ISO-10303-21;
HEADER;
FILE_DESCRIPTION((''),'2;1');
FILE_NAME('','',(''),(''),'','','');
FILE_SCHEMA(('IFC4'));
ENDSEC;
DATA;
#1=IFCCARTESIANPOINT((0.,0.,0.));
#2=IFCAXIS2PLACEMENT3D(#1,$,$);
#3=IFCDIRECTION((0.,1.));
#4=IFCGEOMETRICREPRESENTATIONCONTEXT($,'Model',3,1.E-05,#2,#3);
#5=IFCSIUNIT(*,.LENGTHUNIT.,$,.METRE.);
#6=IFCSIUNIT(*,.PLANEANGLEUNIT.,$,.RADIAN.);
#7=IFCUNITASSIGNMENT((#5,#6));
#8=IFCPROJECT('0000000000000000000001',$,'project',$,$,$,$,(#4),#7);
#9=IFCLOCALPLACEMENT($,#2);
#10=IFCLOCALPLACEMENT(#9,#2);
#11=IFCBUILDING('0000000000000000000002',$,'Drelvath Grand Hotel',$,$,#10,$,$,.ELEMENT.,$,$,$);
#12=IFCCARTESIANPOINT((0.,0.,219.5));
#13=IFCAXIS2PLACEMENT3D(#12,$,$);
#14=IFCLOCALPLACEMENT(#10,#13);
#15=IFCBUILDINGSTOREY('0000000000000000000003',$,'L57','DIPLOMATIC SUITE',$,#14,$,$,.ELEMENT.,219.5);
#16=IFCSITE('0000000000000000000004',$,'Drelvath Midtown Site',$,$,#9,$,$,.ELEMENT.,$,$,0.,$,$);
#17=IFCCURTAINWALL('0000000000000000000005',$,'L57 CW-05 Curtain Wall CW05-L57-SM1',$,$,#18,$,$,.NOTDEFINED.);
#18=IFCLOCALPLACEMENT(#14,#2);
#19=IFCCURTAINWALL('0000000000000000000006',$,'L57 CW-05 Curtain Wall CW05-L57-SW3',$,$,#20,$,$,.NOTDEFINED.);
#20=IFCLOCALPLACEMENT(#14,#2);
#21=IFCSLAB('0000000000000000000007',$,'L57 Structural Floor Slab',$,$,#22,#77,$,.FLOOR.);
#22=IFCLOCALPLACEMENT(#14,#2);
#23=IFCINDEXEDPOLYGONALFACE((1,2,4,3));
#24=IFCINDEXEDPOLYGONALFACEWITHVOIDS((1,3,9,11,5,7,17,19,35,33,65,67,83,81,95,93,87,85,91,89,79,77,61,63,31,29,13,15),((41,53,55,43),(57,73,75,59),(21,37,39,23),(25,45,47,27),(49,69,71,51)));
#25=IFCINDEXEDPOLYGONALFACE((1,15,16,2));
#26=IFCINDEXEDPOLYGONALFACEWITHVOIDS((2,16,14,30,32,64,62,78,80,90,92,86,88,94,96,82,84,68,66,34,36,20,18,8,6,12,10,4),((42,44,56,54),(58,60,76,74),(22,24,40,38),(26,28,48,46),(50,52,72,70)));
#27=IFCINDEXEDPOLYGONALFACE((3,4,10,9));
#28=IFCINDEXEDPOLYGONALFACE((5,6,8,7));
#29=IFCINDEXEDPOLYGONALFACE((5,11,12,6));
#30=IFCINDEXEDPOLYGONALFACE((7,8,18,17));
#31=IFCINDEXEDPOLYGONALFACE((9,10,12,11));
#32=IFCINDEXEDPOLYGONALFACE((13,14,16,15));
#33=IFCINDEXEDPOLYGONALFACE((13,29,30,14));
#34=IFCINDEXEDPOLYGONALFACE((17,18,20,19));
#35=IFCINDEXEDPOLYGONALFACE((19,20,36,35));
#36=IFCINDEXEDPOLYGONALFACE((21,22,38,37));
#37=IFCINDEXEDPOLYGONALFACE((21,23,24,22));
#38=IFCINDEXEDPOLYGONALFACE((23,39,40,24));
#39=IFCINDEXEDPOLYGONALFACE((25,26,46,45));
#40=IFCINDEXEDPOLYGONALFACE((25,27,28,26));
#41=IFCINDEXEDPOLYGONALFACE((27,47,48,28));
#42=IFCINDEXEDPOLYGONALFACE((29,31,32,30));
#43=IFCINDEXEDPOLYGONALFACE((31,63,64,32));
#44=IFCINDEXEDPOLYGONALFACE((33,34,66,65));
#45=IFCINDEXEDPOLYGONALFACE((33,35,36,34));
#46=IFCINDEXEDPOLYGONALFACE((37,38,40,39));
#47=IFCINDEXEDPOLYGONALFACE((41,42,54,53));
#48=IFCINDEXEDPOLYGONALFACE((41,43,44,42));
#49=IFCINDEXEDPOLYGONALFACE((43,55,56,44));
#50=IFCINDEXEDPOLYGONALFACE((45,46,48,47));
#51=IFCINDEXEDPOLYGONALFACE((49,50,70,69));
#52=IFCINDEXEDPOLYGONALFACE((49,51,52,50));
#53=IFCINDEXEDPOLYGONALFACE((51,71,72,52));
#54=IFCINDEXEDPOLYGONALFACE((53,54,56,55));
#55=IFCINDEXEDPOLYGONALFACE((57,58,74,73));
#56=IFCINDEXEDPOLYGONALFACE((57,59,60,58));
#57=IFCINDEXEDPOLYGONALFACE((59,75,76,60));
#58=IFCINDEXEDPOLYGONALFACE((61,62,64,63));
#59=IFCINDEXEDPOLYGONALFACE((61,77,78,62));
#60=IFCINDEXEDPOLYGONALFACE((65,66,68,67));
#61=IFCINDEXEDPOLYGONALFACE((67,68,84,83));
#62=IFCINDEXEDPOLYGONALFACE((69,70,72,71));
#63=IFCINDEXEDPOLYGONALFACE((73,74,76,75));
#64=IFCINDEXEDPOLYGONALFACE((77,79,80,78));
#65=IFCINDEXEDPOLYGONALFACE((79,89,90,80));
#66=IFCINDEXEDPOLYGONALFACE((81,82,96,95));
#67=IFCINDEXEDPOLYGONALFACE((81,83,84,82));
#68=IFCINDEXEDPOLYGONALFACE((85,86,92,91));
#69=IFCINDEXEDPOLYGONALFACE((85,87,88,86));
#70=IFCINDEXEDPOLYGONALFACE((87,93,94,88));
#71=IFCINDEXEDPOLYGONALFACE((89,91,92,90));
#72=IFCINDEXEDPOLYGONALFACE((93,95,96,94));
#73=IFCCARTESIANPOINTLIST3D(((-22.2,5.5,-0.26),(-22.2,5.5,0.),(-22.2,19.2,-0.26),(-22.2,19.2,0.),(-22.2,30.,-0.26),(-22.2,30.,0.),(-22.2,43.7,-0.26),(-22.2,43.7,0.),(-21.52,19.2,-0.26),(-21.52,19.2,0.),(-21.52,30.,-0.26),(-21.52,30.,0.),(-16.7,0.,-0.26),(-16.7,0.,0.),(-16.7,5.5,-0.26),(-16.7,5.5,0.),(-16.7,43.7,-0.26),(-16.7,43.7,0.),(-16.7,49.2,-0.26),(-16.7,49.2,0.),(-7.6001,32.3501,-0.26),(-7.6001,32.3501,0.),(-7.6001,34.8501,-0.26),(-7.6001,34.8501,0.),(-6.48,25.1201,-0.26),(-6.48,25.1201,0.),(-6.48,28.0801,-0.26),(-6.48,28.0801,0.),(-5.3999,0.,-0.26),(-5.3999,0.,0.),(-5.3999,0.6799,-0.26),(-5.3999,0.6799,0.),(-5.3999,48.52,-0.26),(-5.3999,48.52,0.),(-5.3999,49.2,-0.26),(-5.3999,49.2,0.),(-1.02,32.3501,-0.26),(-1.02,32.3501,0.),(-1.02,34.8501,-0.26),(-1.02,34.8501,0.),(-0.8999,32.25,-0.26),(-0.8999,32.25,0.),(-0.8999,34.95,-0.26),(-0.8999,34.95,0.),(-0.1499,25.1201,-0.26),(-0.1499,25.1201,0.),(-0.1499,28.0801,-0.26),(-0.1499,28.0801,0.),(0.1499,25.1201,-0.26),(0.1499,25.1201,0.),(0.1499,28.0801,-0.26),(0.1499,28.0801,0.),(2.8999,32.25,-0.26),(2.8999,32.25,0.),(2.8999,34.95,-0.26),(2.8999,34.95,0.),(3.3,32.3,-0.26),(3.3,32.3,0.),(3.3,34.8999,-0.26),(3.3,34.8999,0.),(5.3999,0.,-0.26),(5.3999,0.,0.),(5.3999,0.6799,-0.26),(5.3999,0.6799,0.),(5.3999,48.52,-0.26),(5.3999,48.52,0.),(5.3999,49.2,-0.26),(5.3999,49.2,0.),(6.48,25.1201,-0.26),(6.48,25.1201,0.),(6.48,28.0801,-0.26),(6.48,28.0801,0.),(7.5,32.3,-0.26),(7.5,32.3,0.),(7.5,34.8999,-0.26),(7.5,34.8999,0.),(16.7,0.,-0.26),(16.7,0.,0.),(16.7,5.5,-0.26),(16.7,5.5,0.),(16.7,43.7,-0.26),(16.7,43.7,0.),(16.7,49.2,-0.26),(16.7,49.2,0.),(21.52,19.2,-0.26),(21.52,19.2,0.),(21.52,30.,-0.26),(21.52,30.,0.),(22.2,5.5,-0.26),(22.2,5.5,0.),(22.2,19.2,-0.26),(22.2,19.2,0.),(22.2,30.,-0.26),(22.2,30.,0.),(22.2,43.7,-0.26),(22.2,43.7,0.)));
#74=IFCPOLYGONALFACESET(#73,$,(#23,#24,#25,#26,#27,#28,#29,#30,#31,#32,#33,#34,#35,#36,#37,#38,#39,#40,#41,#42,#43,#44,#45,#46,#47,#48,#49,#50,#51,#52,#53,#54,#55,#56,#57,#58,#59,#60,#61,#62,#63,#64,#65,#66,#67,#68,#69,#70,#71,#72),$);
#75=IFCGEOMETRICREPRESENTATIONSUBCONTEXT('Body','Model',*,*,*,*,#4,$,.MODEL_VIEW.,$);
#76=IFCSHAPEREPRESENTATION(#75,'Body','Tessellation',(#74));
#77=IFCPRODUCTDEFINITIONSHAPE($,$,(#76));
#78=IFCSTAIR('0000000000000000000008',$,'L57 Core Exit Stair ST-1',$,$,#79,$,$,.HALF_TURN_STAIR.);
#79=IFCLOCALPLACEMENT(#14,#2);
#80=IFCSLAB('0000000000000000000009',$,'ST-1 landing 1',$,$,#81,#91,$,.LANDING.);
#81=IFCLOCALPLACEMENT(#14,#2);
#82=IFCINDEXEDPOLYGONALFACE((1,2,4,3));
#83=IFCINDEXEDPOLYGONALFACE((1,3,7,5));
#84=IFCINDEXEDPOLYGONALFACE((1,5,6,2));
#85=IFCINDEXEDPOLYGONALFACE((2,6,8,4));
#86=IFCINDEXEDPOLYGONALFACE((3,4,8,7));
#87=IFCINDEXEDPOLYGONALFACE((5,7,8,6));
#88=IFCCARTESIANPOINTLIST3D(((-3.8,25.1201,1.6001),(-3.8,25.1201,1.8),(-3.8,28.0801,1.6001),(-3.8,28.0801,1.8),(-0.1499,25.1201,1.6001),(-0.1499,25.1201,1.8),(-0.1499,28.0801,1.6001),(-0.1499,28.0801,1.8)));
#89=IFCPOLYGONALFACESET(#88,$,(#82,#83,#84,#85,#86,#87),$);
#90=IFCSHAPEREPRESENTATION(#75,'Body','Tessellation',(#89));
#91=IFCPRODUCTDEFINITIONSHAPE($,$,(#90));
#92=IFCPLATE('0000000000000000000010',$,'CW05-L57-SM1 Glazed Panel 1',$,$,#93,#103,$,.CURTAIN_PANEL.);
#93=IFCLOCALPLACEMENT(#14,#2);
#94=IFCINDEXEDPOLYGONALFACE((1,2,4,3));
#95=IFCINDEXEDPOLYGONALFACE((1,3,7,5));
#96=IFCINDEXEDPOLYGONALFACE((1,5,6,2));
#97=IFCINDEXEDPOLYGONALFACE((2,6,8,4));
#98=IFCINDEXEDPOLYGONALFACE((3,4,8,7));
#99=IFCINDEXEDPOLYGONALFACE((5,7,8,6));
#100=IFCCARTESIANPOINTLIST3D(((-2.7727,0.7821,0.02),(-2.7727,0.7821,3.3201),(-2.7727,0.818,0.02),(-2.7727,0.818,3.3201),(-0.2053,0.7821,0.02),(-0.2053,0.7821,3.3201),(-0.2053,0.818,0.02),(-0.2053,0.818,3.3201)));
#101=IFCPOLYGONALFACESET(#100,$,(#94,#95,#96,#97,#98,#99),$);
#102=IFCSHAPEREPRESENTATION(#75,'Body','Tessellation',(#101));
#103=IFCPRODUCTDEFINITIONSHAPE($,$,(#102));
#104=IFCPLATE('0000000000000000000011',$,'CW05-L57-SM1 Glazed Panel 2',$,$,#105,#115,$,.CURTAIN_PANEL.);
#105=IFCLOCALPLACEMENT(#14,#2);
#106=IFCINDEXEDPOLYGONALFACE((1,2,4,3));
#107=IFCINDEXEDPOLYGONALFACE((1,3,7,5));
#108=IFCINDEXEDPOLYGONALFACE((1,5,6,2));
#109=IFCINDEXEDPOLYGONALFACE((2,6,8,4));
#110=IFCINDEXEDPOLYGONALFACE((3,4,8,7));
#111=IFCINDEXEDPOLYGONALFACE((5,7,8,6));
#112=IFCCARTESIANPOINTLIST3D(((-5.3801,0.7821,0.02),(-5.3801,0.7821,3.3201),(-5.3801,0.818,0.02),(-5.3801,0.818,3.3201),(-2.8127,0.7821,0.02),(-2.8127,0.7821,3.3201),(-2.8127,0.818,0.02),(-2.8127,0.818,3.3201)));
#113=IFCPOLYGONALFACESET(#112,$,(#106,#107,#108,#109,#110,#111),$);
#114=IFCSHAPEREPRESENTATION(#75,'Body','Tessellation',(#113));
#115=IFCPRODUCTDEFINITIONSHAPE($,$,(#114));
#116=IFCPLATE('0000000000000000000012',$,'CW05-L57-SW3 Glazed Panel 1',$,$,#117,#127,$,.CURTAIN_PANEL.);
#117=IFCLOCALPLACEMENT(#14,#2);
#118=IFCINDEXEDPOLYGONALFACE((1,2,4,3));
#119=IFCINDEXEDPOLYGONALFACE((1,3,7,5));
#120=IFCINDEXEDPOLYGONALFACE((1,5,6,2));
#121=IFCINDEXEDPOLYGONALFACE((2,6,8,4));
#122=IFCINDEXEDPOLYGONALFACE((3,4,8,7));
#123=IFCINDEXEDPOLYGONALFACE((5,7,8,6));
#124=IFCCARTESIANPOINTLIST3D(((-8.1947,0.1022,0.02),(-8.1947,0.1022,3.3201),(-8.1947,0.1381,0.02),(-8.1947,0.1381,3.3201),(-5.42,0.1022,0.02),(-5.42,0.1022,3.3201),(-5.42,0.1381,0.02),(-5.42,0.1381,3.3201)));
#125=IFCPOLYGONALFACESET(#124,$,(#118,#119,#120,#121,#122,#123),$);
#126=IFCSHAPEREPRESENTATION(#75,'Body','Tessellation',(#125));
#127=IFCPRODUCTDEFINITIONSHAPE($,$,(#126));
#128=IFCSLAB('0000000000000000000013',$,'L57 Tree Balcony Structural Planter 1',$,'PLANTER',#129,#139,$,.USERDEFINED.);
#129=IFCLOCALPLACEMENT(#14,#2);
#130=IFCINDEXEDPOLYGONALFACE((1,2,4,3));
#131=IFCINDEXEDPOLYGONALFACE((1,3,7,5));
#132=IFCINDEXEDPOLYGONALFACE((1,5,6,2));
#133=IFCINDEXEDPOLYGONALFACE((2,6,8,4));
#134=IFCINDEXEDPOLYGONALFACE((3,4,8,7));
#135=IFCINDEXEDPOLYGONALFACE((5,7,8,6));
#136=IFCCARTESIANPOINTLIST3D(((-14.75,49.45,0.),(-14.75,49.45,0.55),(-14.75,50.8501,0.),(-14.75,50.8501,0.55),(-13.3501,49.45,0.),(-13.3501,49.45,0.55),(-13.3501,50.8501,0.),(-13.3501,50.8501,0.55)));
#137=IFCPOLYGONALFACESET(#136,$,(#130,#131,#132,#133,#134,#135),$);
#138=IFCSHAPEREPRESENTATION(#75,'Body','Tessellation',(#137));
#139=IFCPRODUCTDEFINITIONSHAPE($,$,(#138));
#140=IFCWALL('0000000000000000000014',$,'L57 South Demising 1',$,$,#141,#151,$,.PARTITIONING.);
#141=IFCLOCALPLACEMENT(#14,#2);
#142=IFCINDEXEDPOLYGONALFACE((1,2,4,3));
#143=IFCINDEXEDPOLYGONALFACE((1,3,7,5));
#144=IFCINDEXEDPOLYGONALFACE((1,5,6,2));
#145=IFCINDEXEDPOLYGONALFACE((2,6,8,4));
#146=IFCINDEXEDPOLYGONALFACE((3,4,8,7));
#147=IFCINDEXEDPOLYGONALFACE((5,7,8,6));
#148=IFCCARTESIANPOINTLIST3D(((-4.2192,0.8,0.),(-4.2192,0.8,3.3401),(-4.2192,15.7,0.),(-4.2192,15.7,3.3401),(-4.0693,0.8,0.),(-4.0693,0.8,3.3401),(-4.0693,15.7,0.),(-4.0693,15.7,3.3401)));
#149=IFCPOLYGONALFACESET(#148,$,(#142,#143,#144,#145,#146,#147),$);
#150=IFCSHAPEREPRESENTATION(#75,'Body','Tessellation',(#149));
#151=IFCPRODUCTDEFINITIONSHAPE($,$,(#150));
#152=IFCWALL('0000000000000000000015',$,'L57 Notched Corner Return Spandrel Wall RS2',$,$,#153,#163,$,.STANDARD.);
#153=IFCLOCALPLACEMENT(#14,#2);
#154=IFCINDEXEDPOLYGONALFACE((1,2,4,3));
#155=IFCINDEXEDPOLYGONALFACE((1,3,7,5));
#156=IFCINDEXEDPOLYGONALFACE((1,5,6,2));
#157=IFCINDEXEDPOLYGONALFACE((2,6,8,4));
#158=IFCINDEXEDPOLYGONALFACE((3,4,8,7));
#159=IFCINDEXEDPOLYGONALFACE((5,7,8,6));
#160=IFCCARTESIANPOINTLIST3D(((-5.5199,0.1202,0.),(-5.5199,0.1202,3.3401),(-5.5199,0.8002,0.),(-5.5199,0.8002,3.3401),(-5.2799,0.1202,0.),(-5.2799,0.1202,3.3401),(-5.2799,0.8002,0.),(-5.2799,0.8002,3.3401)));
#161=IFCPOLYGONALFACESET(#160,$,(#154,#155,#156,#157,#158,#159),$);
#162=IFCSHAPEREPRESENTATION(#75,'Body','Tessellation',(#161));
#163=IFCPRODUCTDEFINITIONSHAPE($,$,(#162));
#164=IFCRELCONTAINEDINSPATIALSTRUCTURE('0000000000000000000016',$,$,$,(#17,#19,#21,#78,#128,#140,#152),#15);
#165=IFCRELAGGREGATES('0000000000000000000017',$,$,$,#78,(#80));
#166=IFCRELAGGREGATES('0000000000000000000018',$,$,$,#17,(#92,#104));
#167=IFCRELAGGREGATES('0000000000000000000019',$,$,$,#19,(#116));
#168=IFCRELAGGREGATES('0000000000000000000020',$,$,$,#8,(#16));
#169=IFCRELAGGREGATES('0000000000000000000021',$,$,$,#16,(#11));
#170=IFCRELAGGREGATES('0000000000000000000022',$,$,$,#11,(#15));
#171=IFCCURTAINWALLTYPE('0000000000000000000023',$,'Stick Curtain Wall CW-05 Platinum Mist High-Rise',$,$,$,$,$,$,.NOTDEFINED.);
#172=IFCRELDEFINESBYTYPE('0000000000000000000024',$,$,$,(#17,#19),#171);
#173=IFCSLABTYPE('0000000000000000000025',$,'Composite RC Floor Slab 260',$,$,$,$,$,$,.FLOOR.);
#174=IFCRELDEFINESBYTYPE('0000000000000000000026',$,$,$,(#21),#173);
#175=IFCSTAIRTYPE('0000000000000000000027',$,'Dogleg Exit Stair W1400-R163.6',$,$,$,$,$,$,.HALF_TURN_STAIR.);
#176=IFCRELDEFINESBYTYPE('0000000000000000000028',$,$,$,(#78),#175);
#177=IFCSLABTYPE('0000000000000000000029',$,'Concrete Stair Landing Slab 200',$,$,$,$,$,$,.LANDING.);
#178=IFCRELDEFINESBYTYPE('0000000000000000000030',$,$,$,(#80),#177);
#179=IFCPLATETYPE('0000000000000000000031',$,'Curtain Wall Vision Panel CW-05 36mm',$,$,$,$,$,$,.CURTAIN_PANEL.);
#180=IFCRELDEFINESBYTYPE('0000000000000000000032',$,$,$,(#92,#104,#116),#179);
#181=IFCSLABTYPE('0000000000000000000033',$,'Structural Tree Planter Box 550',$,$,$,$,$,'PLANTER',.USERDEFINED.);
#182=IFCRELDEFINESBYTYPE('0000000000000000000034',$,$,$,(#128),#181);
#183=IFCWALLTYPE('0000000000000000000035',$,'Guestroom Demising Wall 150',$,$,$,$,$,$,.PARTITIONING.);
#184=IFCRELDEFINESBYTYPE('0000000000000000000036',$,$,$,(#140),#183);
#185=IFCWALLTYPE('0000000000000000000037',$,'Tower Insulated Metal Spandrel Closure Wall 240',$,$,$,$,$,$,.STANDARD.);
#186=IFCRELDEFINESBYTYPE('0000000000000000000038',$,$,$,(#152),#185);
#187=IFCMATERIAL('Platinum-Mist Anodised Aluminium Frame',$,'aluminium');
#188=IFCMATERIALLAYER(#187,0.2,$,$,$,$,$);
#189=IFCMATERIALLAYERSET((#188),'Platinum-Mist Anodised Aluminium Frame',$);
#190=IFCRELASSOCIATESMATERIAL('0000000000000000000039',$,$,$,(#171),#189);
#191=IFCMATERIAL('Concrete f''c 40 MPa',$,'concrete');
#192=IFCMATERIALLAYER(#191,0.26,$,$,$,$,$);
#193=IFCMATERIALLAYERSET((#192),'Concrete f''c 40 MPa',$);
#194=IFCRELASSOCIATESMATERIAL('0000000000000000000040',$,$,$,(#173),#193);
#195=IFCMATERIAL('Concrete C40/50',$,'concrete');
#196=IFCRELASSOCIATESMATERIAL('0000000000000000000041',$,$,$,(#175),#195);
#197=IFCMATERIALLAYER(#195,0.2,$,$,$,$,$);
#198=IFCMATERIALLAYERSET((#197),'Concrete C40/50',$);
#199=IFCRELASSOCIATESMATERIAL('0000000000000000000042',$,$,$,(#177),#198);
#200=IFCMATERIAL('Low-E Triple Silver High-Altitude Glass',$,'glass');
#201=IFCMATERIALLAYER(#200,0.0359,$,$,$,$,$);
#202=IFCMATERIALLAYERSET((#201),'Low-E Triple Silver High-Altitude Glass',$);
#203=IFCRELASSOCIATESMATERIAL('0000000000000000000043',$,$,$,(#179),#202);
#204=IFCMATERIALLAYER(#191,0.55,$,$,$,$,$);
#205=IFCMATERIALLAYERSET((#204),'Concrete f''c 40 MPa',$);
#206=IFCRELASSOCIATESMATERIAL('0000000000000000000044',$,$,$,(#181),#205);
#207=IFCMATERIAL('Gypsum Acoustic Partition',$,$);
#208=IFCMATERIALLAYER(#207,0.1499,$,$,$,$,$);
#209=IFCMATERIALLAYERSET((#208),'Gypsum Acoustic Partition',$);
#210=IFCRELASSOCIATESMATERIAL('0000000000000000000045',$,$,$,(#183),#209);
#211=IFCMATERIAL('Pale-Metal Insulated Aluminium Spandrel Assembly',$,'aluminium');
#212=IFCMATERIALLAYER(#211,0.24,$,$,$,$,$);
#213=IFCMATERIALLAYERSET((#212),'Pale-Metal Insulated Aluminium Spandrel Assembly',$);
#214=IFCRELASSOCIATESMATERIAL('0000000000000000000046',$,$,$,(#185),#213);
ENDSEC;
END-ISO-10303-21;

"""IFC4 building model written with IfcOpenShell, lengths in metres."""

from ifc_helpers import new_model, si_unit, direction, frame, frame_2d, origin, origin_2d, place, context, subcontext, project, spatial, polyline, rectangle, outline, extrude, material, layer, layer_set, type_object, element, aggregate, save


model = new_model("IFC4")

# Units and contexts
model_context = context("Model", 3, precision=1e-05, world=origin(), true_north=direction((0.0, 1.0)))
body_context = subcontext(model_context, "Body", "Model", "MODEL_VIEW")
ifc_project = project(units=[si_unit("LENGTHUNIT", "METRE"), si_unit("PLANEANGLEUNIT", "RADIAN")], contexts=[model_context])

# Site, building, storey
site_placement = place(None, origin())
site = spatial("IfcSite", under=ifc_project, at=site_placement, Name="Drelvath Midtown Site", CompositionType="ELEMENT", RefElevation=0.0)
building_placement = place(site_placement, origin())
building = spatial("IfcBuilding", under=site, at=building_placement, Name="Drelvath Grand Hotel", CompositionType="ELEMENT")
storey_placement = place(building_placement, frame((0.0, 0.0, 219.5)))
storey = spatial("IfcBuildingStorey", under=building, at=storey_placement, Name="L57", Description="DIPLOMATIC SUITE", CompositionType="ELEMENT", Elevation=219.5)

# Curtain walls
ifc_material_1 = material(Name="Platinum-Mist Anodised Aluminium Frame", Category="aluminium")
ifc_layer_1 = layer(ifc_material_1, 0.2)
ifc_layer_set_1 = layer_set([ifc_layer_1], Name="Platinum-Mist Anodised Aluminium Frame")
curtain_wall_type = type_object("IfcCurtainWallType", Name="Stick Curtain Wall CW-05 Platinum Mist High-Rise", PredefinedType="NOTDEFINED", material=ifc_layer_set_1)
curtain_wall_1_placement = place(storey_placement, origin())
curtain_wall_1 = element("IfcCurtainWall", 1, at=curtain_wall_1_placement, inside=storey, type_object=curtain_wall_type, Name="L57 CW-05 Curtain Wall CW05-L57-SM1", PredefinedType="NOTDEFINED")
curtain_wall_2_placement = place(storey_placement, origin())
curtain_wall_2 = element("IfcCurtainWall", 2, at=curtain_wall_2_placement, inside=storey, type_object=curtain_wall_type, Name="L57 CW-05 Curtain Wall CW05-L57-SW3", PredefinedType="NOTDEFINED")

# Slab
ifc_material_2 = material(Name="Concrete f'c 40 MPa", Category="concrete")
ifc_layer_2 = layer(ifc_material_2, 0.26)
ifc_layer_set_2 = layer_set([ifc_layer_2], Name="Concrete f'c 40 MPa")
slab_type_1 = type_object("IfcSlabType", Name="Composite RC Floor Slab 260", PredefinedType="FLOOR", material=ifc_layer_set_2)
slab_1_placement = place(storey_placement, frame((0.0, 0.0, -0.26)))
element("IfcSlab", 3, at=slab_1_placement, inside=storey, type_object=slab_type_1, Name="L57 Structural Floor Slab", PredefinedType="FLOOR", context=body_context, shape_type="SweptSolid", body=[
    extrude(outline(polyline([(-16.7, 0.0), (-5.3999, 0.0), (-5.3999, 0.6799), (5.3999, 0.6799), (5.3999, 0.0), (16.7, 0.0), (16.7, 5.5), (22.2, 5.5), (22.2, 19.2), (21.52, 19.2), (21.52, 30.0), (22.2, 30.0), (22.2, 43.7), (16.7, 43.7), (16.7, 49.2), (5.3999, 49.2), (5.3999, 48.52), (-5.3999, 48.52), (-5.3999, 49.2), (-16.7, 49.2), (-16.7, 43.7), (-22.2, 43.7), (-22.2, 30.0), (-21.52, 30.0), (-21.52, 19.2), (-22.2, 19.2), (-22.2, 5.5), (-16.7, 5.5), (-16.7, 0.0)]), holes=[polyline([(-6.48, 25.1201), (-6.48, 28.0801), (-0.1499, 28.0801), (-0.1499, 25.1201), (-6.48, 25.1201)]), polyline([(0.1499, 25.1201), (0.1499, 28.0801), (6.48, 28.0801), (6.48, 25.1201), (0.1499, 25.1201)]), polyline([(-7.6001, 32.3501), (-7.6001, 34.8501), (-1.02, 34.8501), (-1.02, 32.3501), (-7.6001, 32.3501)]), polyline([(-0.8999, 32.25), (-0.8999, 34.95), (2.8999, 34.95), (2.8999, 32.25), (-0.8999, 32.25)]), polyline([(3.3, 32.3), (3.3, 34.8999), (7.5, 34.8999), (7.5, 32.3), (3.3, 32.3)])]), origin(), (0.0, 0.0, 1.0), 0.26),
])

# Stair, slab
ifc_material_3 = material(Name="Concrete C40/50", Category="concrete")
stair_type = type_object("IfcStairType", Name="Dogleg Exit Stair W1400-R163.6", PredefinedType="HALF_TURN_STAIR", material=ifc_material_3)
stair_placement = place(storey_placement, origin())
stair = element("IfcStair", 4, at=stair_placement, inside=storey, type_object=stair_type, Name="L57 Core Exit Stair ST-1", PredefinedType="HALF_TURN_STAIR")
ifc_layer_3 = layer(ifc_material_3, 0.2)
ifc_layer_set_3 = layer_set([ifc_layer_3], Name="Concrete C40/50")
slab_type_2 = type_object("IfcSlabType", Name="Concrete Stair Landing Slab 200", PredefinedType="LANDING", material=ifc_layer_set_3)
slab_2_placement = place(storey_placement, frame((0.0, 0.0, 1.6001)))
slab_2 = element("IfcSlab", 5, at=slab_2_placement, type_object=slab_type_2, Name="ST-1 landing 1", PredefinedType="LANDING", context=body_context, shape_type="SweptSolid", body=[
    extrude(outline(polyline([(-3.8, 25.1201), (-0.1499, 25.1201), (-0.1499, 28.0801), (-3.8, 28.0801), (-3.8, 25.1201)])), origin(), (0.0, 0.0, 1.0), 0.2),
])
aggregate(stair, [slab_2])

# Plates
ifc_material_4 = material(Name="Low-E Triple Silver High-Altitude Glass", Category="glass")
ifc_layer_4 = layer(ifc_material_4, 0.0359)
ifc_layer_set_4 = layer_set([ifc_layer_4], Name="Low-E Triple Silver High-Altitude Glass")
plate_type = type_object("IfcPlateType", Name="Curtain Wall Vision Panel CW-05 36mm", PredefinedType="CURTAIN_PANEL", material=ifc_layer_set_4)
plate_1_placement = place(storey_placement, frame((-1.489, 0.8, 0.02), z_axis=(0.0, 0.0, 1.0), x_axis=(-1.0, 0.0, 0.0)))
plate_1 = element("IfcPlate", 6, at=plate_1_placement, type_object=plate_type, Name="CW05-L57-SM1 Glazed Panel 1", PredefinedType="CURTAIN_PANEL", context=body_context, shape_type="SweptSolid", body=[
    extrude(rectangle(XDim=2.5674, YDim=0.0359, at=origin_2d()), origin(), (0.0, 0.0, 1.0), 3.3),
])
plate_2_placement = place(storey_placement, frame((-4.0964, 0.8, 0.02), z_axis=(0.0, 0.0, 1.0), x_axis=(-1.0, 0.0, 0.0)))
plate_2 = element("IfcPlate", 7, at=plate_2_placement, type_object=plate_type, Name="CW05-L57-SM1 Glazed Panel 2", PredefinedType="CURTAIN_PANEL", context=body_context, shape_type="SweptSolid", body=[
    extrude(rectangle(XDim=2.5674, YDim=0.0359, at=origin_2d()), origin(), (0.0, 0.0, 1.0), 3.3),
])
aggregate(curtain_wall_1, [plate_1, plate_2])
plate_3_placement = place(storey_placement, frame((-6.8074, 0.1201, 0.02), z_axis=(0.0, 0.0, 1.0), x_axis=(-1.0, 0.0, 0.0)))
plate_3 = element("IfcPlate", 8, at=plate_3_placement, type_object=plate_type, Name="CW05-L57-SW3 Glazed Panel 1", PredefinedType="CURTAIN_PANEL", context=body_context, shape_type="SweptSolid", body=[
    extrude(rectangle(XDim=2.7747, YDim=0.0359, at=origin_2d()), origin(), (0.0, 0.0, 1.0), 3.3),
])
aggregate(curtain_wall_2, [plate_3])

# Slab
ifc_layer_5 = layer(ifc_material_2, 0.55)
ifc_layer_set_5 = layer_set([ifc_layer_5], Name="Concrete f'c 40 MPa")
slab_type_3 = type_object("IfcSlabType", Name="Structural Tree Planter Box 550", ElementType="PLANTER", PredefinedType="USERDEFINED", material=ifc_layer_set_5)
slab_3_placement = place(storey_placement, origin())
element("IfcSlab", 9, at=slab_3_placement, inside=storey, type_object=slab_type_3, Name="L57 Tree Balcony Structural Planter 1", ObjectType="PLANTER", PredefinedType="USERDEFINED", context=body_context, shape_type="SweptSolid", body=[
    extrude(outline(polyline([(-14.75, 49.45), (-13.3501, 49.45), (-13.3501, 50.8501), (-14.75, 50.8501), (-14.75, 49.45)])), origin(), (0.0, 0.0, 1.0), 0.55),
])

# Walls
ifc_material_5 = material(Name="Gypsum Acoustic Partition")
ifc_layer_6 = layer(ifc_material_5, 0.1499)
ifc_layer_set_6 = layer_set([ifc_layer_6], Name="Gypsum Acoustic Partition")
wall_type_1 = type_object("IfcWallType", Name="Guestroom Demising Wall 150", PredefinedType="PARTITIONING", material=ifc_layer_set_6)
wall_1_placement = place(storey_placement, frame((-4.1443, 0.8, 0.0), z_axis=(0.0, 0.0, 1.0), x_axis=(0.0, 1.0, 0.0)))
element("IfcWall", 10, at=wall_1_placement, inside=storey, type_object=wall_type_1, Name="L57 South Demising 1", PredefinedType="PARTITIONING", context=body_context, shape_type="SweptSolid", body=[
    extrude(rectangle(XDim=14.8999, YDim=0.1499, at=frame_2d((7.45, 0.0))), origin(), (0.0, 0.0, 1.0), 3.3401),
])
ifc_material_6 = material(Name="Pale-Metal Insulated Aluminium Spandrel Assembly", Category="aluminium")
ifc_layer_7 = layer(ifc_material_6, 0.24)
ifc_layer_set_7 = layer_set([ifc_layer_7], Name="Pale-Metal Insulated Aluminium Spandrel Assembly")
wall_type_2 = type_object("IfcWallType", Name="Tower Insulated Metal Spandrel Closure Wall 240", PredefinedType="STANDARD", material=ifc_layer_set_7)
wall_2_placement = place(storey_placement, frame((-5.3999, 0.8, 0.0), z_axis=(0.0, 0.0, 1.0), x_axis=(0.0, -1.0, 0.0)))
element("IfcWall", 11, at=wall_2_placement, inside=storey, type_object=wall_type_2, Name="L57 Notched Corner Return Spandrel Wall RS2", PredefinedType="STANDARD", context=body_context, shape_type="SweptSolid", body=[
    extrude(rectangle(XDim=0.6799, YDim=0.24, at=frame_2d((0.3398, 0.0))), origin(), (0.0, 0.0, 1.0), 3.3401),
])

save(model, "model.ifc")
